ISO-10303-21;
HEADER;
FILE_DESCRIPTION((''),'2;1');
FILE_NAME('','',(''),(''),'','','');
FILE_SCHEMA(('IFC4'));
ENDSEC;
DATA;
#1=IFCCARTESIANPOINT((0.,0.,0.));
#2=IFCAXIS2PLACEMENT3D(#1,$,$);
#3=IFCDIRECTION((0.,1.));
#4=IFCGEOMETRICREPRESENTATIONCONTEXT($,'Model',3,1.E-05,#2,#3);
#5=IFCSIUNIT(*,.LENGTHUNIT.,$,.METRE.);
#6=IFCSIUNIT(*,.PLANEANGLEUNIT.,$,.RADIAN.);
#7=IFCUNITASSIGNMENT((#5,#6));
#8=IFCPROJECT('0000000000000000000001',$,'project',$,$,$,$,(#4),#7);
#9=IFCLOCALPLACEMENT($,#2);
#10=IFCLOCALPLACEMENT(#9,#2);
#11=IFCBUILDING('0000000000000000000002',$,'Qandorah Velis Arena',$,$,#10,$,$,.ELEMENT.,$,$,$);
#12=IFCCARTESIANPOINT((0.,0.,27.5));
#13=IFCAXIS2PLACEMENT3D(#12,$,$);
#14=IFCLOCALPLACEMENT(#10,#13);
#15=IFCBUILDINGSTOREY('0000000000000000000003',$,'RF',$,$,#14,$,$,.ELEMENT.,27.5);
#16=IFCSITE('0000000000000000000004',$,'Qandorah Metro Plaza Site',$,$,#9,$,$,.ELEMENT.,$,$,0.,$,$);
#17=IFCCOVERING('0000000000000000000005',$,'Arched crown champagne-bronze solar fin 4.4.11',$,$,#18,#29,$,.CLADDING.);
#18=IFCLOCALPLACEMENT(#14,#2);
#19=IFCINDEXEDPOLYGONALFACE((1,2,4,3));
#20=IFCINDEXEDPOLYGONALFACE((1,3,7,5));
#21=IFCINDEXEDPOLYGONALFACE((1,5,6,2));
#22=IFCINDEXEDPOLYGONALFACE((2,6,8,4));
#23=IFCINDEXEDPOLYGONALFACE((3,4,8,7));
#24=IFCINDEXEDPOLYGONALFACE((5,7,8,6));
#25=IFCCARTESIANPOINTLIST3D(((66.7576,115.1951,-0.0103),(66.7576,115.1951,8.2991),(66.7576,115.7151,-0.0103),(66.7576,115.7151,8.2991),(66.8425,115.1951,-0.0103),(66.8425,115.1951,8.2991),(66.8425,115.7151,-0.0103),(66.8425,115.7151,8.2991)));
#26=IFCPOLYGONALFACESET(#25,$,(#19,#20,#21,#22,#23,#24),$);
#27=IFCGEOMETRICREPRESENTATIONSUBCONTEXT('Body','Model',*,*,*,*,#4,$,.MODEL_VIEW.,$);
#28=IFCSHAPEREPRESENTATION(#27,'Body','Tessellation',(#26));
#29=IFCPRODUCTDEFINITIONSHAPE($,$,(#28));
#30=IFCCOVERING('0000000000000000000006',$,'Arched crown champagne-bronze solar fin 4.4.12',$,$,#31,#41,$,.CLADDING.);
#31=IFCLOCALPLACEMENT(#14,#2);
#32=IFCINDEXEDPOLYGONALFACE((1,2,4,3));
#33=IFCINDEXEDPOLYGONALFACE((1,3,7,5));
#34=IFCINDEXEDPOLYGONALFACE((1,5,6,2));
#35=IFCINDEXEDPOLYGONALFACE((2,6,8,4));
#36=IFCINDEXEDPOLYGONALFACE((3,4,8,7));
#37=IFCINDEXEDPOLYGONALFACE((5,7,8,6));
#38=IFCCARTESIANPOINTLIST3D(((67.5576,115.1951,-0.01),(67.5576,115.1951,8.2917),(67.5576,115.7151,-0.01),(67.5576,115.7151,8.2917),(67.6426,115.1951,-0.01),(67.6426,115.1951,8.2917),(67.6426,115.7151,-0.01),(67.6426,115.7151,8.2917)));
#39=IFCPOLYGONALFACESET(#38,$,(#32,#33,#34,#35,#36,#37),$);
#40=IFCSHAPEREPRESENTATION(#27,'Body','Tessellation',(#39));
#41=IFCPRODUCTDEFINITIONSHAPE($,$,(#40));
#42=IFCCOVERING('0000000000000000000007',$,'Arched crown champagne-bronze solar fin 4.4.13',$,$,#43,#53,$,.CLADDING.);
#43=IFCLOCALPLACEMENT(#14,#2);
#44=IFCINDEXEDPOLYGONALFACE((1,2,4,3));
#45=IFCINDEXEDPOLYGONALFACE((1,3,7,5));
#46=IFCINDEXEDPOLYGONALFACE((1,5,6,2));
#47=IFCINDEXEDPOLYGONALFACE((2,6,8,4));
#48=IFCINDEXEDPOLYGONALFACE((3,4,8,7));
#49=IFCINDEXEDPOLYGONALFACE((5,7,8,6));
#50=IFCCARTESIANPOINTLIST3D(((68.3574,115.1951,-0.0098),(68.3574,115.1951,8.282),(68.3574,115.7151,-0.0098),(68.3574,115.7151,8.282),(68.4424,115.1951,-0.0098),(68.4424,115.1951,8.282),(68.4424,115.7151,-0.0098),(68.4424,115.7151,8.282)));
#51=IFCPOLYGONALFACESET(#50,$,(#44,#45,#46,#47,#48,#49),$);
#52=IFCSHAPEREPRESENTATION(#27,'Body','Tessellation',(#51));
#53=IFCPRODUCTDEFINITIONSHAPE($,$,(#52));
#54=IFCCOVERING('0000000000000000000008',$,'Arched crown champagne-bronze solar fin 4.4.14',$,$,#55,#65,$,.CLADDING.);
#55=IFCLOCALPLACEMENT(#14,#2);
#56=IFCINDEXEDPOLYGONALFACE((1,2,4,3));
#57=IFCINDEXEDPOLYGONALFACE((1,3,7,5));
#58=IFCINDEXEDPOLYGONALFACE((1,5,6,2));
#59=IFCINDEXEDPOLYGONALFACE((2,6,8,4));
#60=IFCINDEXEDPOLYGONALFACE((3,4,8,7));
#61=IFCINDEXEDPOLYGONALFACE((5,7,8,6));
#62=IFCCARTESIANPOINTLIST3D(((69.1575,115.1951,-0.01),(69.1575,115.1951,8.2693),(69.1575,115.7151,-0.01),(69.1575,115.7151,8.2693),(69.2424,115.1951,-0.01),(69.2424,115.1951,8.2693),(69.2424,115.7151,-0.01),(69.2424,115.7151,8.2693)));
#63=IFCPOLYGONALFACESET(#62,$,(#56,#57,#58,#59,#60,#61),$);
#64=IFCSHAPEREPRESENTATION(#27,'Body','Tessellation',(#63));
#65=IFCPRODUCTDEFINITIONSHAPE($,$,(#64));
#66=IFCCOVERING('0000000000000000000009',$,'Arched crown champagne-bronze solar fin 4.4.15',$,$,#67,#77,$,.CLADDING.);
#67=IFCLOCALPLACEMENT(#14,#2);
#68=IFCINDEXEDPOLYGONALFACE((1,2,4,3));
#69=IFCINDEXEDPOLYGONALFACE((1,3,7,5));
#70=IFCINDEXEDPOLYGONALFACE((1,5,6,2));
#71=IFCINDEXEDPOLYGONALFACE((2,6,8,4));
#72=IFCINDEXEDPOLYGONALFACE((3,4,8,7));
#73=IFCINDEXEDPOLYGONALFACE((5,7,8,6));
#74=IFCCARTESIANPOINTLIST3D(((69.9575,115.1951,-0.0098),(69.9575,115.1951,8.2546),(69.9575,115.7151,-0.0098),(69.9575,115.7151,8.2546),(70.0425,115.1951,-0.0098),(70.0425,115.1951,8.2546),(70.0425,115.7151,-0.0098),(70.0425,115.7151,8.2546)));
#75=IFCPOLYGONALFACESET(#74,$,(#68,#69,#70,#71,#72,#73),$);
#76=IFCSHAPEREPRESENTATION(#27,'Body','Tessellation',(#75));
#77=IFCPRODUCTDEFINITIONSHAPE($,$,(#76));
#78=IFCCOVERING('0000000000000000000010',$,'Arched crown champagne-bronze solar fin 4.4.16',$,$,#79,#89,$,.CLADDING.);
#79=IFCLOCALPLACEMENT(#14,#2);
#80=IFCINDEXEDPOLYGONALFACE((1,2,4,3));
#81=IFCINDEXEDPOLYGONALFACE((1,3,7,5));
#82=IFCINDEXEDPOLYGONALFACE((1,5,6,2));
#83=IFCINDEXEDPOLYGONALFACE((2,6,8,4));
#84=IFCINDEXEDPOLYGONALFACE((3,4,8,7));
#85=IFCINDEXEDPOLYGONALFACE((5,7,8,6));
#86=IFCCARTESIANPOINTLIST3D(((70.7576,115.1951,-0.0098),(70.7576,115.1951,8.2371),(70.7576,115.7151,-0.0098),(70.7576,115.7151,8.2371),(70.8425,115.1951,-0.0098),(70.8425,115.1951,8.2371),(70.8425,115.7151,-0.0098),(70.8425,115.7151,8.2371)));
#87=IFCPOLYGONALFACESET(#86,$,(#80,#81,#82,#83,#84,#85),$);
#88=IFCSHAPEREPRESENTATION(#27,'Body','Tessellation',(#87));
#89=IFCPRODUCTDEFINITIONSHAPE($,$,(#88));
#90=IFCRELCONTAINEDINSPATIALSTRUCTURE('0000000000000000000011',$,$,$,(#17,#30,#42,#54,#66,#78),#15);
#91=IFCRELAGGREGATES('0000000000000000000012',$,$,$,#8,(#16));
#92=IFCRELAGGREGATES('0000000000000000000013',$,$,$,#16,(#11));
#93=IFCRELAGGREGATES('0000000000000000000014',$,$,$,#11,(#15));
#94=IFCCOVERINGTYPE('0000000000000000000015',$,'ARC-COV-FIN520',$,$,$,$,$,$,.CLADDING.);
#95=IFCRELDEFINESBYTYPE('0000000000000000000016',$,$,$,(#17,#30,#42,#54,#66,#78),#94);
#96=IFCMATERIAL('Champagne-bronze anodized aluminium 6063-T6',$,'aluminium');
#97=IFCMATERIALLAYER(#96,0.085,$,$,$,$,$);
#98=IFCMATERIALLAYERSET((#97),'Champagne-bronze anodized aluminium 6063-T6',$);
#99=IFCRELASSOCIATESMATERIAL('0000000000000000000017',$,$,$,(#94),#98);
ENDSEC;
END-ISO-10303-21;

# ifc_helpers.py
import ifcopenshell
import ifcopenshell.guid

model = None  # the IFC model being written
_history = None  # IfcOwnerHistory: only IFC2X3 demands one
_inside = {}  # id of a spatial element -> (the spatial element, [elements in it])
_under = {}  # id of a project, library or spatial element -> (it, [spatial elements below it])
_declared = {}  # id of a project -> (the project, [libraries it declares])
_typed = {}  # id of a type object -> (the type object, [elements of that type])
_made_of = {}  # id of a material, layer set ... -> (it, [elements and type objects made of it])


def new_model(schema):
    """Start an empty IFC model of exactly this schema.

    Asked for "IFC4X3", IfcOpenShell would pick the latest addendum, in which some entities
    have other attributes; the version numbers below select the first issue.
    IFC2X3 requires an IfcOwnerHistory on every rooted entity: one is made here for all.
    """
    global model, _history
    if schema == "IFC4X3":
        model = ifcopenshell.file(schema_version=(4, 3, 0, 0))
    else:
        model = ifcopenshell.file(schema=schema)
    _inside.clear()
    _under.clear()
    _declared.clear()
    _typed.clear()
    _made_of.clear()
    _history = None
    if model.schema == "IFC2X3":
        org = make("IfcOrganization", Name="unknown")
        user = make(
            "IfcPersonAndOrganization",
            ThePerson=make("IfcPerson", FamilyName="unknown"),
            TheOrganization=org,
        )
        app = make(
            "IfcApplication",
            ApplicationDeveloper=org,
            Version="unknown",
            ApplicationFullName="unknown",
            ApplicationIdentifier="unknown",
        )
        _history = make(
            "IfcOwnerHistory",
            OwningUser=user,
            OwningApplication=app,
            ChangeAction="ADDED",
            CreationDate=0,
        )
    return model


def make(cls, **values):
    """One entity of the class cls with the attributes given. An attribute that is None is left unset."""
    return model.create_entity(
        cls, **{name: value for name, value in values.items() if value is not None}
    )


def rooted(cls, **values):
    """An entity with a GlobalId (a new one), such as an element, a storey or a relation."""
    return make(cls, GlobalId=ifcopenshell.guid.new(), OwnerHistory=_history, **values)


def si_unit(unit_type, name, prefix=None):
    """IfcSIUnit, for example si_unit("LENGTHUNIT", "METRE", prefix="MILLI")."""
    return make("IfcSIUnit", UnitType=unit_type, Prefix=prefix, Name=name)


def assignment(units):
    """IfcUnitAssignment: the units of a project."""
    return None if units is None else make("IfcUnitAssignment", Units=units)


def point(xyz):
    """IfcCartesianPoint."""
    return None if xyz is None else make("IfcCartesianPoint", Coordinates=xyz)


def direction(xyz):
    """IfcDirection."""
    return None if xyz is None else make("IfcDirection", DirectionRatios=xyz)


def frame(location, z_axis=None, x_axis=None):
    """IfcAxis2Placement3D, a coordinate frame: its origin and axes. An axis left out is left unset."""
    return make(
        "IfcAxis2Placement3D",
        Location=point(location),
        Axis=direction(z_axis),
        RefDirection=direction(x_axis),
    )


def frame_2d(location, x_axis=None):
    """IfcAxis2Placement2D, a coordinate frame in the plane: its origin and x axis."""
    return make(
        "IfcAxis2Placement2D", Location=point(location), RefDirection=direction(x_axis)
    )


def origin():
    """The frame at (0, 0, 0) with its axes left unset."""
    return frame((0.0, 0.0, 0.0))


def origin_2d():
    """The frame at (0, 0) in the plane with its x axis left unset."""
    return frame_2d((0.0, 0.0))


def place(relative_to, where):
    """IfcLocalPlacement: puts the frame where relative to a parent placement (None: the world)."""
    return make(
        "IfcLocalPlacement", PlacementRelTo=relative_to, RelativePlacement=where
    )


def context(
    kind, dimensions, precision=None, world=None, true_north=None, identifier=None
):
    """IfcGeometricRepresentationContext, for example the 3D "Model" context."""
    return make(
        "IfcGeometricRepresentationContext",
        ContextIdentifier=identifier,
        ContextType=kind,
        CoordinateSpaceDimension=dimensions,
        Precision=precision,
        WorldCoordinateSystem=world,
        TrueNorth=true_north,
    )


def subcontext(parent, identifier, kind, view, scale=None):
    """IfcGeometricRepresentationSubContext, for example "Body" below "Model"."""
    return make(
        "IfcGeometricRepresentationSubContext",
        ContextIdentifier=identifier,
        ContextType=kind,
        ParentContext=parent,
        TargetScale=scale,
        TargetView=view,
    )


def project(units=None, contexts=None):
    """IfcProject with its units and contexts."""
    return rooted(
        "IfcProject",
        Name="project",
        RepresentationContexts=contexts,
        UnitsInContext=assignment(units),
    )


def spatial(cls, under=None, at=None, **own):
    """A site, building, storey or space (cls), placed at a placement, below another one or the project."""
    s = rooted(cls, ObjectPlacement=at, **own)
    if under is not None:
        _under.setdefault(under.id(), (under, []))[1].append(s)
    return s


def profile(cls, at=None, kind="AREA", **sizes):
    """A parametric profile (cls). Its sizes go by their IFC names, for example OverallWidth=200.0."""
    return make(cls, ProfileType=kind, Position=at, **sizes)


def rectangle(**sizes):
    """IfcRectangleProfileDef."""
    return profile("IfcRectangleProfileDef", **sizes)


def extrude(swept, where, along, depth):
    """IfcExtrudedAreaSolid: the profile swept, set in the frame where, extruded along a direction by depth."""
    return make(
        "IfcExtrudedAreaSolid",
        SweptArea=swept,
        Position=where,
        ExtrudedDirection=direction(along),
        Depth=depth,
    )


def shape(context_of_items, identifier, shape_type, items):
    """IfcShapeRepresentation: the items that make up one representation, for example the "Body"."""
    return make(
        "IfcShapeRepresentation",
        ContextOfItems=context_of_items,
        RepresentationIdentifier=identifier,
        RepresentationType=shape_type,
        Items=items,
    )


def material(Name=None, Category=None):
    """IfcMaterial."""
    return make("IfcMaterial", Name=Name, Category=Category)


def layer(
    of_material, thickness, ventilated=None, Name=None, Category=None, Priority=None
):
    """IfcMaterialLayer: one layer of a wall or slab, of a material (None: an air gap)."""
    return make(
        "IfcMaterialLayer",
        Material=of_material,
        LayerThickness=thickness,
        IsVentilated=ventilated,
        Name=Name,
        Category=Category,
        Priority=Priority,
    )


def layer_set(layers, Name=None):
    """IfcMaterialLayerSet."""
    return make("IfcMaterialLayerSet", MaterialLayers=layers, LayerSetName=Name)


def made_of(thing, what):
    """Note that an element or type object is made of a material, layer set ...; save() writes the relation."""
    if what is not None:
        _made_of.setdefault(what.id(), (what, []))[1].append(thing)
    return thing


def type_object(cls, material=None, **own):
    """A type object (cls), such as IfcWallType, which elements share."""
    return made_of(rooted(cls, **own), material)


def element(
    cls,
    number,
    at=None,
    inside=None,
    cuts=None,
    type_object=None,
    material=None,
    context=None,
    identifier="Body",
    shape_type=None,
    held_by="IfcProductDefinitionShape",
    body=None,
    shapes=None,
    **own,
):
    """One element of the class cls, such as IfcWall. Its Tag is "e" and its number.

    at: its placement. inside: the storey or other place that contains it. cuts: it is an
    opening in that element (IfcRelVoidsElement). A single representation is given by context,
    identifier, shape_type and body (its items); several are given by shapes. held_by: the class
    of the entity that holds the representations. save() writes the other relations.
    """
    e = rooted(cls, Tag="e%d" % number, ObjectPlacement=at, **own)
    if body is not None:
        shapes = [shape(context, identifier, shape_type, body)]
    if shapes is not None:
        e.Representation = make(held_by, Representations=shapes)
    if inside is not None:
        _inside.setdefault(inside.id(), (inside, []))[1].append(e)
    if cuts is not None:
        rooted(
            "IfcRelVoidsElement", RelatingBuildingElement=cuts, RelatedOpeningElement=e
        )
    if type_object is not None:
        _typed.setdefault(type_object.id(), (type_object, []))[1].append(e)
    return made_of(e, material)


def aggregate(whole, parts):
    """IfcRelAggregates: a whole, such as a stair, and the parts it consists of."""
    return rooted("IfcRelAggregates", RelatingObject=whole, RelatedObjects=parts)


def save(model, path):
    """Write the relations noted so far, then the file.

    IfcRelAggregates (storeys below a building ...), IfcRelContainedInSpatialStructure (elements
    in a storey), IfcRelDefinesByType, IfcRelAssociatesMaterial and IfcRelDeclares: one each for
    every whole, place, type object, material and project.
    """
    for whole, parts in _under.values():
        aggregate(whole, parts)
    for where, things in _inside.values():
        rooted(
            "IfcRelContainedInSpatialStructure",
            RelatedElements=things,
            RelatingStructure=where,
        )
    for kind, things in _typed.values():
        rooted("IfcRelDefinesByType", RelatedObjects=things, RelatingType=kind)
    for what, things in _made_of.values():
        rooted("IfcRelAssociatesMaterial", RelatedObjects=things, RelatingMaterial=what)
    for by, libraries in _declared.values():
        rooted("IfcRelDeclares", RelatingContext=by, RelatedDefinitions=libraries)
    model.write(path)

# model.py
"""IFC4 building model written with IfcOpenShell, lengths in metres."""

from ifc_helpers import new_model, si_unit, direction, frame, origin, origin_2d, place, context, subcontext, project, spatial, rectangle, extrude, material, layer, layer_set, type_object, element, save


model = new_model("IFC4")

# Units and contexts
model_context = context("Model", 3, precision=1e-05, world=origin(), true_north=direction((0.0, 1.0)))
body_context = subcontext(model_context, "Body", "Model", "MODEL_VIEW")
ifc_project = project(units=[si_unit("LENGTHUNIT", "METRE"), si_unit("PLANEANGLEUNIT", "RADIAN")], contexts=[model_context])

# Site, building, storey
site_placement = place(None, origin())
site = spatial("IfcSite", under=ifc_project, at=site_placement, Name="Qandorah Metro Plaza Site", CompositionType="ELEMENT", RefElevation=0.0)
building_placement = place(site_placement, origin())
building = spatial("IfcBuilding", under=site, at=building_placement, Name="Qandorah Velis Arena", CompositionType="ELEMENT")
storey_placement = place(building_placement, frame((0.0, 0.0, 27.5)))
storey = spatial("IfcBuildingStorey", under=building, at=storey_placement, Name="RF", CompositionType="ELEMENT", Elevation=27.5)

# Shared definitions
ifc_material_1 = material(Name="Champagne-bronze anodized aluminium 6063-T6", Category="aluminium")

# Coverings
ifc_layer_1 = layer(ifc_material_1, 0.085)
ifc_layer_set_1 = layer_set([ifc_layer_1], Name="Champagne-bronze anodized aluminium 6063-T6")
covering_type = type_object("IfcCoveringType", Name="ARC-COV-FIN520", PredefinedType="CLADDING", material=ifc_layer_set_1)
covering_1_placement = place(storey_placement, frame((66.8, 115.4551, -0.0103), z_axis=(0.0, 0.0, 1.0), x_axis=(1.0, 0.0, 0.0)))
element("IfcCovering", 1, at=covering_1_placement, inside=storey, type_object=covering_type, Name="Arched crown champagne-bronze solar fin 4.4.11", PredefinedType="CLADDING", context=body_context, shape_type="SweptSolid", body=[
    extrude(rectangle(XDim=0.085, YDim=0.52, at=origin_2d()), origin(), (0.0, 0.0, 1.0), 8.3093),
])
covering_2_placement = place(storey_placement, frame((67.6001, 115.4551, -0.01), z_axis=(0.0, 0.0, 1.0), x_axis=(1.0, 0.0, 0.0)))
element("IfcCovering", 2, at=covering_2_placement, inside=storey, type_object=covering_type, Name="Arched crown champagne-bronze solar fin 4.4.12", PredefinedType="CLADDING", context=body_context, shape_type="SweptSolid", body=[
    extrude(rectangle(XDim=0.085, YDim=0.52, at=origin_2d()), origin(), (0.0, 0.0, 1.0), 8.3018),
])
covering_3_placement = place(storey_placement, frame((68.3999, 115.4551, -0.0098), z_axis=(0.0, 0.0, 1.0), x_axis=(1.0, 0.0, 0.0)))
element("IfcCovering", 3, at=covering_3_placement, inside=storey, type_object=covering_type, Name="Arched crown champagne-bronze solar fin 4.4.13", PredefinedType="CLADDING", context=body_context, shape_type="SweptSolid", body=[
    extrude(rectangle(XDim=0.085, YDim=0.52, at=origin_2d()), origin(), (0.0, 0.0, 1.0), 8.2917),
])
covering_4_placement = place(storey_placement, frame((69.2, 115.4551, -0.01), z_axis=(0.0, 0.0, 1.0), x_axis=(1.0, 0.0, 0.0)))
element("IfcCovering", 4, at=covering_4_placement, inside=storey, type_object=covering_type, Name="Arched crown champagne-bronze solar fin 4.4.14", PredefinedType="CLADDING", context=body_context, shape_type="SweptSolid", body=[
    extrude(rectangle(XDim=0.085, YDim=0.52, at=origin_2d()), origin(), (0.0, 0.0, 1.0), 8.2793),
])
covering_5_placement = place(storey_placement, frame((70.0, 115.4551, -0.0098), z_axis=(0.0, 0.0, 1.0), x_axis=(1.0, 0.0, 0.0)))
element("IfcCovering", 5, at=covering_5_placement, inside=storey, type_object=covering_type, Name="Arched crown champagne-bronze solar fin 4.4.15", PredefinedType="CLADDING", context=body_context, shape_type="SweptSolid", body=[
    extrude(rectangle(XDim=0.085, YDim=0.52, at=origin_2d()), origin(), (0.0, 0.0, 1.0), 8.2644),
])
covering_6_placement = place(storey_placement, frame((70.8, 115.4551, -0.0098), z_axis=(0.0, 0.0, 1.0), x_axis=(1.0, 0.0, 0.0)))
element("IfcCovering", 6, at=covering_6_placement, inside=storey, type_object=covering_type, Name="Arched crown champagne-bronze solar fin 4.4.16", PredefinedType="CLADDING", context=body_context, shape_type="SweptSolid", body=[
    extrude(rectangle(XDim=0.085, YDim=0.52, at=origin_2d()), origin(), (0.0, 0.0, 1.0), 8.2468),
])

save(model, "model.ifc")
